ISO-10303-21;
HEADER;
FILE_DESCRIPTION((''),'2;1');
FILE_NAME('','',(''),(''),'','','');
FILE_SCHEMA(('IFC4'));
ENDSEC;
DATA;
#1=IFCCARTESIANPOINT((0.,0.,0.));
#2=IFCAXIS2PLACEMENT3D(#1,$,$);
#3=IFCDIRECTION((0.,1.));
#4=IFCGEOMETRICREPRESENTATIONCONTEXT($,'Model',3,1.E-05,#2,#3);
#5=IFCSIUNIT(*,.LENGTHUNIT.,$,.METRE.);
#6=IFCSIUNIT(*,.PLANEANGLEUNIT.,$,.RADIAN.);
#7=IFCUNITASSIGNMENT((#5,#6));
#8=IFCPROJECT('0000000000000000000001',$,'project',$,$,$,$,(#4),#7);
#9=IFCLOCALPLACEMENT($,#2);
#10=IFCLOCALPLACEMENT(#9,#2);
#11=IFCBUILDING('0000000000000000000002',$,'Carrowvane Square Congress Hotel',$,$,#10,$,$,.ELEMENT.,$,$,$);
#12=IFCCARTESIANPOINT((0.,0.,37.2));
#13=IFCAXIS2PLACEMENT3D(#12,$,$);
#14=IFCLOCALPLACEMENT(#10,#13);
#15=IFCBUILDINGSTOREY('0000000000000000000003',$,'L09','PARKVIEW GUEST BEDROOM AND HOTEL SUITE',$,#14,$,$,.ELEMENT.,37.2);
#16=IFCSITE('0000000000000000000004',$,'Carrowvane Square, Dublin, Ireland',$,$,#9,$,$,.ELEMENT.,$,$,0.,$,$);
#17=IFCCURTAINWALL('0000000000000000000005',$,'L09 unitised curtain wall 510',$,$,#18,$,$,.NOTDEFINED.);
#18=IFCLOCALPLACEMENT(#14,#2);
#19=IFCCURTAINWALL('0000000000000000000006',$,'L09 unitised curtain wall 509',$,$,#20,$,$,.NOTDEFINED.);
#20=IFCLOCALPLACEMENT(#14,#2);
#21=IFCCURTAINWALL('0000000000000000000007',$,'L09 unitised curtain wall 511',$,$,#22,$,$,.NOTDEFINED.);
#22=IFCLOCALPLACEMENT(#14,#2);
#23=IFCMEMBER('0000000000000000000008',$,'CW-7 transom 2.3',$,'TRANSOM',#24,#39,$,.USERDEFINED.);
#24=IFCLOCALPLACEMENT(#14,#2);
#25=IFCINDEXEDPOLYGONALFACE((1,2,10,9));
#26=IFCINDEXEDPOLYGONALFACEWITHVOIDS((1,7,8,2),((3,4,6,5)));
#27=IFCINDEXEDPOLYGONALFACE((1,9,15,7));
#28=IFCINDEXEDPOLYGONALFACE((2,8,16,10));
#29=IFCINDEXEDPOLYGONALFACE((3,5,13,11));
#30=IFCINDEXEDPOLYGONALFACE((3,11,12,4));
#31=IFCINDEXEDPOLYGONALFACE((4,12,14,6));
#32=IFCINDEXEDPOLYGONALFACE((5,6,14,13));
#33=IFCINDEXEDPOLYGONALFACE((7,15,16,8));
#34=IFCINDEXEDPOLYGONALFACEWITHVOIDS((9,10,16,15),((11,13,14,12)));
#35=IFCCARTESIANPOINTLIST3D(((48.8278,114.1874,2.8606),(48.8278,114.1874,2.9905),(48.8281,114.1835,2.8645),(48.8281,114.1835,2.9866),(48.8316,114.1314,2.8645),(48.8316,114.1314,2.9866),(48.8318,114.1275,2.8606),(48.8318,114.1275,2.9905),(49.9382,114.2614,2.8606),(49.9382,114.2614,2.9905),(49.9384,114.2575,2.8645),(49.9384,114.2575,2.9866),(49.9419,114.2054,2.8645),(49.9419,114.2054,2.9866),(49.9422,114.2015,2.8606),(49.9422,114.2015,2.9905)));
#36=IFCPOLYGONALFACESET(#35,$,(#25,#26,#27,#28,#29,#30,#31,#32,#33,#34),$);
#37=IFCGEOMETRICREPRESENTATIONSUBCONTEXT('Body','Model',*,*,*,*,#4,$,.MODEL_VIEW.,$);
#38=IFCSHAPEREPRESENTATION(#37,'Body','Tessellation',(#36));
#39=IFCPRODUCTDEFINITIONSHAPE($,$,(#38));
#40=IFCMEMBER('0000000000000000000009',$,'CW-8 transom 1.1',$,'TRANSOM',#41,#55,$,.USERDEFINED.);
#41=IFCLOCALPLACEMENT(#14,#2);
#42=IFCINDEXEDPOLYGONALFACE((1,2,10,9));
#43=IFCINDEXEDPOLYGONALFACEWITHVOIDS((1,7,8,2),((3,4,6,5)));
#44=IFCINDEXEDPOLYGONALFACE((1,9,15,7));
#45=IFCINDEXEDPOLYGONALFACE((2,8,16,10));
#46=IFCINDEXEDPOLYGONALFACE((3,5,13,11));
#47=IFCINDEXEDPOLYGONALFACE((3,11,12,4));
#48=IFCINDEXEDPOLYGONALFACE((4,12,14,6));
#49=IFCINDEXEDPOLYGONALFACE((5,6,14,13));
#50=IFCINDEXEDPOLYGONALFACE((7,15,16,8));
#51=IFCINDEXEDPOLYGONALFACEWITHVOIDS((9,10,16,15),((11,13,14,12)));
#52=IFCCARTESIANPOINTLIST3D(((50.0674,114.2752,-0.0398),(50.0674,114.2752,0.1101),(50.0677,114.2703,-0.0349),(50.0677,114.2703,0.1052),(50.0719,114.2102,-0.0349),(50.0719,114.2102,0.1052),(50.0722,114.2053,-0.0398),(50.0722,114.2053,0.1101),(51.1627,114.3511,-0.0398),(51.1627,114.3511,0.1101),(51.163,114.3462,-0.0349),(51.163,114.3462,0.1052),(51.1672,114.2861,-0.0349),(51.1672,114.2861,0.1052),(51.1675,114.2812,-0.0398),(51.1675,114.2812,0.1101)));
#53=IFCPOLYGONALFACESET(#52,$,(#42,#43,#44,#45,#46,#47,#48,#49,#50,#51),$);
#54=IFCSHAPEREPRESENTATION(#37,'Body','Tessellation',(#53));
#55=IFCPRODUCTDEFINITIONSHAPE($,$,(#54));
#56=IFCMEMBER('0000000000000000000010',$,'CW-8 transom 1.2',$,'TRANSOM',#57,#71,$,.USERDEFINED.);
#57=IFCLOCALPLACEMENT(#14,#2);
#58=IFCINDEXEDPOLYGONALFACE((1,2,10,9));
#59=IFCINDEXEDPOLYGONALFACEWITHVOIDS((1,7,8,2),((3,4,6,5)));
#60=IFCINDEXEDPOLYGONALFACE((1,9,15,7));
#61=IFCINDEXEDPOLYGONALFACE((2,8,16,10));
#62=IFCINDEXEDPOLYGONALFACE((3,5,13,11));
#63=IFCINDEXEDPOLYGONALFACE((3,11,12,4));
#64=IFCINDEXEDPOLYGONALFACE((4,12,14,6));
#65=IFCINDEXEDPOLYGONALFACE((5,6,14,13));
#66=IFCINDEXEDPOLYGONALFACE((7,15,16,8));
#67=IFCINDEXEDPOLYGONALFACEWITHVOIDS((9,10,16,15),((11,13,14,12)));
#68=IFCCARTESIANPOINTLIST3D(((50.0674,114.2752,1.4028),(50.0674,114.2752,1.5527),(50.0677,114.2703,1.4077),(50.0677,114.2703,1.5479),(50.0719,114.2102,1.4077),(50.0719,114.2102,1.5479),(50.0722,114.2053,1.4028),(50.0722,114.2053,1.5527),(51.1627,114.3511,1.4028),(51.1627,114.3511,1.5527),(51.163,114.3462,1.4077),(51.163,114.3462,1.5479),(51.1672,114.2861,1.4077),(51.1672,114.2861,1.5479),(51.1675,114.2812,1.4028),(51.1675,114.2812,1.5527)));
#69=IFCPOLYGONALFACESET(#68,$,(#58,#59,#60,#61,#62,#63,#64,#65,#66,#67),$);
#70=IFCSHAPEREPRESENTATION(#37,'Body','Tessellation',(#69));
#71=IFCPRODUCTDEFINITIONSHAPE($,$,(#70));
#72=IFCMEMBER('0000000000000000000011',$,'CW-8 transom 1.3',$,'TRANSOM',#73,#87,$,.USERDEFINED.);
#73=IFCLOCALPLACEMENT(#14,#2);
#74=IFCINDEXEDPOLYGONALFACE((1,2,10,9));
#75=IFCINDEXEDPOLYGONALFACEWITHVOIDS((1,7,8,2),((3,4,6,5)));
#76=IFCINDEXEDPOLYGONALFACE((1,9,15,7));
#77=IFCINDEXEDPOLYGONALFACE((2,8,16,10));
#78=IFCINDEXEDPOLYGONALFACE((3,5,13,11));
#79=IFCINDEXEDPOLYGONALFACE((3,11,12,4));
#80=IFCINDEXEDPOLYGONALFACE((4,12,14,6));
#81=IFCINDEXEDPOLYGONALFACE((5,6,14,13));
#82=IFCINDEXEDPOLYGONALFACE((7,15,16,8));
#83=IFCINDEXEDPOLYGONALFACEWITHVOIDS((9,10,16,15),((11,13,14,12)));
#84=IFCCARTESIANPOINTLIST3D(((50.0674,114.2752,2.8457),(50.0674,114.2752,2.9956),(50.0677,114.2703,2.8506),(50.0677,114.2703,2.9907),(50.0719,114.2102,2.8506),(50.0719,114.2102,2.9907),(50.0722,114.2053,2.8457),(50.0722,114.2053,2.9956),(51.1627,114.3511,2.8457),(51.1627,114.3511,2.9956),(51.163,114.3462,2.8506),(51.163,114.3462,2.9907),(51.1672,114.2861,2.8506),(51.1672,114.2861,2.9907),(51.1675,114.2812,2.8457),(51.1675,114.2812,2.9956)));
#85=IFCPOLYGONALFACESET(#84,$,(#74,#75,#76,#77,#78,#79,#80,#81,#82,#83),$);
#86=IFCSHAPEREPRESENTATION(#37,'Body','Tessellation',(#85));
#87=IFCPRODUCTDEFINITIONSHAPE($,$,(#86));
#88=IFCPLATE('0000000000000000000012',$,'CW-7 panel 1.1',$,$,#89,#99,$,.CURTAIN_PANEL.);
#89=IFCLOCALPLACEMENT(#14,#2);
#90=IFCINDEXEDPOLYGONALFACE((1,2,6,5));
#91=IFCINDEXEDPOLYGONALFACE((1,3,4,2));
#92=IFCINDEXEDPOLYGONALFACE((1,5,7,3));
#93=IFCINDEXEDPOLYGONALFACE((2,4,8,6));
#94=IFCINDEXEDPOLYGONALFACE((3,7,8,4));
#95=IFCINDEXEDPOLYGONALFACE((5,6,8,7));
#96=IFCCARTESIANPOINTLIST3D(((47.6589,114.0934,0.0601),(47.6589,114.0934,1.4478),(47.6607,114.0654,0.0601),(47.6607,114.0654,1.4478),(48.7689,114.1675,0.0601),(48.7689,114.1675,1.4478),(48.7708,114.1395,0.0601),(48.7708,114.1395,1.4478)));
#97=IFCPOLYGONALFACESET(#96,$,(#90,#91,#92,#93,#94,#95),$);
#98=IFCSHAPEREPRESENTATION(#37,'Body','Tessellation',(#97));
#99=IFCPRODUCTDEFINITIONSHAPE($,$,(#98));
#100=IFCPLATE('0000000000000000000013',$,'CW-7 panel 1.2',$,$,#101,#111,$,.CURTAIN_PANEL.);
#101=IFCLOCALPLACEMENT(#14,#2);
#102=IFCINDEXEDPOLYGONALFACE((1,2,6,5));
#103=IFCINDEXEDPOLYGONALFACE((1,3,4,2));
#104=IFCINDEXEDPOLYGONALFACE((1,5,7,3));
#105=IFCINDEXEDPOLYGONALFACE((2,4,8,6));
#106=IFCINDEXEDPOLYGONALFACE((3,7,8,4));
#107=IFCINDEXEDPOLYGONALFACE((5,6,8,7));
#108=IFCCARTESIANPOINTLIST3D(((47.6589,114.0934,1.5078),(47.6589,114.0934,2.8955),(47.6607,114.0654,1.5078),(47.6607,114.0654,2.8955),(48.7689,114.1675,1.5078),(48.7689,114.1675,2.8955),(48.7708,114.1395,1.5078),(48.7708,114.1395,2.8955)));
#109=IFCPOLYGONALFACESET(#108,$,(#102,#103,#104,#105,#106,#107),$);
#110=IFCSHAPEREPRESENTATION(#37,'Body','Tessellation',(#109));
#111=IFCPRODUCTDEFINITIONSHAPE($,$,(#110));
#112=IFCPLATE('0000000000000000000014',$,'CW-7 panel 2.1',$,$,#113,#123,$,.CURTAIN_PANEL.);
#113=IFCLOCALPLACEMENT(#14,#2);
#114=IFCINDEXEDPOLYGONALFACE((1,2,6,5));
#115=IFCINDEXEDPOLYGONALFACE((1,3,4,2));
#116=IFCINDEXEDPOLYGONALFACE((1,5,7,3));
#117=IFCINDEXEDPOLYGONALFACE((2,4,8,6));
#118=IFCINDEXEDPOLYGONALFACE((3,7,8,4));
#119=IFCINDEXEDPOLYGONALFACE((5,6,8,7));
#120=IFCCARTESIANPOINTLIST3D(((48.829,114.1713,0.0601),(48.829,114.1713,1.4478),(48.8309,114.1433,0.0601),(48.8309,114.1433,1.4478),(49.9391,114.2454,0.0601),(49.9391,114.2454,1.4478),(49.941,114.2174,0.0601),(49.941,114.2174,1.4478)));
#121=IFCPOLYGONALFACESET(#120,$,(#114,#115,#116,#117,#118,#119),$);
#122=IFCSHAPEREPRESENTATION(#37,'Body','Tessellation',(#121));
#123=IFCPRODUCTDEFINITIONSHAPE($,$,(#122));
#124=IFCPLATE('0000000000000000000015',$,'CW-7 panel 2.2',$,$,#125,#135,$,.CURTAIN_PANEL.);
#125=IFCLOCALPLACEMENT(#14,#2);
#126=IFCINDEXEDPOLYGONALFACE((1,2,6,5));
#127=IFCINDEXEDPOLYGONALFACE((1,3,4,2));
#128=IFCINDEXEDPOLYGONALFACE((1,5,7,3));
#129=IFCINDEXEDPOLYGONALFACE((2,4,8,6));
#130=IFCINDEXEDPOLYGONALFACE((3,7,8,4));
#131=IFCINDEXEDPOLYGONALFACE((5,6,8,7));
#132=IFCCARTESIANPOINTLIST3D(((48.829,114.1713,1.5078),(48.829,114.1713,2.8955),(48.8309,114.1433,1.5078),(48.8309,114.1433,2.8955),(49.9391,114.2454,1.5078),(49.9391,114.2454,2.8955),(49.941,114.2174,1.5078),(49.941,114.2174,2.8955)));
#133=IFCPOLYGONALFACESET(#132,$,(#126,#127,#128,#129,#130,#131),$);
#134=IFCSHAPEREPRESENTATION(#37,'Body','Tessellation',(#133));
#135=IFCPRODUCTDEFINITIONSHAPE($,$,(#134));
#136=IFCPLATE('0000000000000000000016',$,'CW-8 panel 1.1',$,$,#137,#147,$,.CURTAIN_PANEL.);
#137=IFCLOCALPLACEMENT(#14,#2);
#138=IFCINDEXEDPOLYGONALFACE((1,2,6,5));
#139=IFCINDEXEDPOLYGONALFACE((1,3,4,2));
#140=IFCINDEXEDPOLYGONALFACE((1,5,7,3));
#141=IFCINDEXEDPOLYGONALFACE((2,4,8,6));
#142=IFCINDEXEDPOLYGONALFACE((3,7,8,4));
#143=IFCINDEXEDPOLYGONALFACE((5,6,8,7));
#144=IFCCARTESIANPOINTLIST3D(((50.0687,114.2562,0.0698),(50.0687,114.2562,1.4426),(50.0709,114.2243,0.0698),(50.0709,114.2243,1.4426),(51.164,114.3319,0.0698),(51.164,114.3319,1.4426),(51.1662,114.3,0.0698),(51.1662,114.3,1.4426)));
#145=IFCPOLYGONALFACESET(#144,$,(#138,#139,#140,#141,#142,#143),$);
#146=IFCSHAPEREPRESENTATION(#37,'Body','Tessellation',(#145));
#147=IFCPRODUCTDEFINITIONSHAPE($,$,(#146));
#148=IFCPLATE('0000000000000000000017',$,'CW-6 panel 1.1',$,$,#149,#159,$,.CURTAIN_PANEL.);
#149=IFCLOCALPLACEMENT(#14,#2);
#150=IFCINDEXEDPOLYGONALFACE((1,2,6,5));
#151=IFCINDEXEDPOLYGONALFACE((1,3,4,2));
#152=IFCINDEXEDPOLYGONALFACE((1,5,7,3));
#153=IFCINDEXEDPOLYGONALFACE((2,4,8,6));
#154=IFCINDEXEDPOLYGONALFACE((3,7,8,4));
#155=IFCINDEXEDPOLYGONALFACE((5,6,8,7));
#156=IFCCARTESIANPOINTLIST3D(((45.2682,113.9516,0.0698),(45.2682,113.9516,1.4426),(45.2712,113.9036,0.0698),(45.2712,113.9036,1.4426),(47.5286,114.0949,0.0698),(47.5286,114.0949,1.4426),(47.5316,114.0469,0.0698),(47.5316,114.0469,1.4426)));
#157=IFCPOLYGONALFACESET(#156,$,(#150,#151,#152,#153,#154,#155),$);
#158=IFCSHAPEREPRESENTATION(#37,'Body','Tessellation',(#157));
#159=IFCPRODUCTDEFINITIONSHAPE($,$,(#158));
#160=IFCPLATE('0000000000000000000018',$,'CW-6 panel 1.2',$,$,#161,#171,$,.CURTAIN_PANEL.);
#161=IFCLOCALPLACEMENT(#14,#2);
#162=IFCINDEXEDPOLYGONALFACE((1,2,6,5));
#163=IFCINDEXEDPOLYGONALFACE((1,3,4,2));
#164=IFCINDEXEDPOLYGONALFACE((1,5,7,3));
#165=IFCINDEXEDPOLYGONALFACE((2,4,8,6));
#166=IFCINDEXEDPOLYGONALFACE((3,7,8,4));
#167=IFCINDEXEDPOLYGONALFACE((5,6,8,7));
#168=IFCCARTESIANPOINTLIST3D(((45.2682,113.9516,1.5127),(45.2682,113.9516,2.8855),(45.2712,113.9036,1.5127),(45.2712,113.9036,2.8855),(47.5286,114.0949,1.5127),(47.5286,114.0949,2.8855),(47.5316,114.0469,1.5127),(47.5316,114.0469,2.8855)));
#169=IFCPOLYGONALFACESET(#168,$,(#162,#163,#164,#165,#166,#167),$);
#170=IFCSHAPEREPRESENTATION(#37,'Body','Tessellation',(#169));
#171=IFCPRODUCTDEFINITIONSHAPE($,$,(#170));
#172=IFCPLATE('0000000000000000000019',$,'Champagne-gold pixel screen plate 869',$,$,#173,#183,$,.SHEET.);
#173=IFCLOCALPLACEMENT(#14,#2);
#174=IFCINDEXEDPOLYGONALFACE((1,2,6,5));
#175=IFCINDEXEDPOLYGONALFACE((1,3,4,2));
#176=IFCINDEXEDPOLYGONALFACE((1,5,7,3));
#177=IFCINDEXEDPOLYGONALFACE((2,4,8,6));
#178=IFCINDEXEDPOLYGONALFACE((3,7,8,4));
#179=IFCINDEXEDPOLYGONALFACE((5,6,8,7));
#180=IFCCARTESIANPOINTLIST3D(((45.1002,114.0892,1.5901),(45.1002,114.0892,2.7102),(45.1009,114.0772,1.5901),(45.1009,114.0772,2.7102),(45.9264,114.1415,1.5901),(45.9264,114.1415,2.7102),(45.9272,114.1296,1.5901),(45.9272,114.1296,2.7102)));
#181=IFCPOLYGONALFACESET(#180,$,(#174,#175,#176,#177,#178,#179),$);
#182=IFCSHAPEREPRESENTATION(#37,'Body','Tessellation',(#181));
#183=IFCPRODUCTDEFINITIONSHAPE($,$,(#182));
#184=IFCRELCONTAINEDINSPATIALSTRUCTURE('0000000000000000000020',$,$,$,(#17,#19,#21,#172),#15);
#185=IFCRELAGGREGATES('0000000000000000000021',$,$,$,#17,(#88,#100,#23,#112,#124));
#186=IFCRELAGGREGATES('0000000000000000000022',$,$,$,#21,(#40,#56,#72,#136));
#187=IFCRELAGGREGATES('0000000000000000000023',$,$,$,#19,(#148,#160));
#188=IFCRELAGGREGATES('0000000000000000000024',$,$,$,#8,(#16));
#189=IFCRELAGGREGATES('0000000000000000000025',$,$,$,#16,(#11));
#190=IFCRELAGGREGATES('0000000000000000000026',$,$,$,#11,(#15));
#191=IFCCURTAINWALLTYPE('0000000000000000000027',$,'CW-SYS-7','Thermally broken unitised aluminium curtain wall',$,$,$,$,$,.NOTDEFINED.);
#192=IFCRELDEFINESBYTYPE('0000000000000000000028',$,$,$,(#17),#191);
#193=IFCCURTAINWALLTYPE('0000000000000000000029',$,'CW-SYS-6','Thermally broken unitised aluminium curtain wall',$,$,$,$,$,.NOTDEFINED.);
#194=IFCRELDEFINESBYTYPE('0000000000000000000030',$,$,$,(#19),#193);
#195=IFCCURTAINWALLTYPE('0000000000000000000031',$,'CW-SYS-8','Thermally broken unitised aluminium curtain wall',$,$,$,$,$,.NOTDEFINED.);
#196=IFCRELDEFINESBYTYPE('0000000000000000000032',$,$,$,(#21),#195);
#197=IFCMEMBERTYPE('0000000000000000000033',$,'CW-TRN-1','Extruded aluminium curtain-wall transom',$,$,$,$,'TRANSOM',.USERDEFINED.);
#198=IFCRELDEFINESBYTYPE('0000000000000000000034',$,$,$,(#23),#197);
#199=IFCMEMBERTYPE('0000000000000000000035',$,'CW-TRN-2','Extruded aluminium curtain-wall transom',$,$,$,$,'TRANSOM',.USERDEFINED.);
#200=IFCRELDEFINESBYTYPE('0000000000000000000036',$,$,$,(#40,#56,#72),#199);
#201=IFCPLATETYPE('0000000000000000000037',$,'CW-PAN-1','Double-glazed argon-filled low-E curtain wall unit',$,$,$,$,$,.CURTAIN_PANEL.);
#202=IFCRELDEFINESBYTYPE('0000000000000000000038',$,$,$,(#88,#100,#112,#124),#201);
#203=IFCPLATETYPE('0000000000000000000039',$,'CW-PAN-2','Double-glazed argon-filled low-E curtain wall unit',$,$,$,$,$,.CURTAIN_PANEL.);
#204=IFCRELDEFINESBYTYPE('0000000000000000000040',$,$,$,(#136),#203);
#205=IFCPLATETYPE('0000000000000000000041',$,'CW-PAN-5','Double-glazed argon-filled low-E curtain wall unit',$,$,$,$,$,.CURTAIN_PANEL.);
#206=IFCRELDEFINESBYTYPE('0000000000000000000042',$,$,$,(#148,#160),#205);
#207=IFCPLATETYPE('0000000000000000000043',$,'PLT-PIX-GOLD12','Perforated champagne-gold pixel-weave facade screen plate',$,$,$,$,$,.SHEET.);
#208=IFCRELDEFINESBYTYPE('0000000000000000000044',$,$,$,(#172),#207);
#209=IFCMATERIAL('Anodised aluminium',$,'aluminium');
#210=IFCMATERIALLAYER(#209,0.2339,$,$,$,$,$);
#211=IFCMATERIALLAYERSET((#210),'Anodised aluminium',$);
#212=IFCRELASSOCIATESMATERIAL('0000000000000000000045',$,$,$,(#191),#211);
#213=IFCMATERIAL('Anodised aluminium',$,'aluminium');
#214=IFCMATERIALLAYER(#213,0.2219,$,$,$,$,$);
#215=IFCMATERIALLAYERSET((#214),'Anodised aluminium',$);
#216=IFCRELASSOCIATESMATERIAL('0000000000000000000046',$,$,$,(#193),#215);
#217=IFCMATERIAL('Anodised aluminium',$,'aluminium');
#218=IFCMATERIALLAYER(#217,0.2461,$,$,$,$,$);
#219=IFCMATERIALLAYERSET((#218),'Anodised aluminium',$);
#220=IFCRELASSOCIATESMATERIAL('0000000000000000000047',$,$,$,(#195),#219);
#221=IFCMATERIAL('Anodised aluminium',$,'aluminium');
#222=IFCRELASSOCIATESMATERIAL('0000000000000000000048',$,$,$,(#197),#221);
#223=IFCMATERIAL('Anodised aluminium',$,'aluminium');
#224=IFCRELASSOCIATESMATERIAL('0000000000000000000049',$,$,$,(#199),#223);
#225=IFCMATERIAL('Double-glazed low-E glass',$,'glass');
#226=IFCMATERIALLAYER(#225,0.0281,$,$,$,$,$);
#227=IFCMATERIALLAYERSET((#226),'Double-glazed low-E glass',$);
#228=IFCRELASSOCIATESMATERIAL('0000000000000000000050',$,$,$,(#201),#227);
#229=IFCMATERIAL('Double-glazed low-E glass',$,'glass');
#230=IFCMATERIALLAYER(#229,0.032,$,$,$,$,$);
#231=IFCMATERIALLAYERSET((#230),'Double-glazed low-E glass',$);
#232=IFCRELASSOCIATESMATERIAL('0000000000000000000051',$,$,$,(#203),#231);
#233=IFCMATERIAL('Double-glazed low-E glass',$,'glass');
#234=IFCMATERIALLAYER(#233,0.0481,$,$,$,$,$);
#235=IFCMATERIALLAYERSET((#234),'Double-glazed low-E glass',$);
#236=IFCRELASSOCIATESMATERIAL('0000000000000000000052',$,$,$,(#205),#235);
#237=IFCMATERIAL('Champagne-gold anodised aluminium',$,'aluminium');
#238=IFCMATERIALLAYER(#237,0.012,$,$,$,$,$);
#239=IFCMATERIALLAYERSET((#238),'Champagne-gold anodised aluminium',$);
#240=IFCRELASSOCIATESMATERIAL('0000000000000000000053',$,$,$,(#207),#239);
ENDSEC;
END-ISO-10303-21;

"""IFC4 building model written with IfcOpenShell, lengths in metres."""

from ifc_helpers import new_model, si_unit, direction, frame, origin, origin_2d, place, context, subcontext, project, spatial, rectangle, hollow_rectangle, extrude, material, layer, layer_set, material_profile, profile_set, type_object, element, aggregate, save


model = new_model("IFC4")

# Units and contexts
model_context = context("Model", 3, precision=1e-05, world=origin(), true_north=direction((0.0, 1.0)))
body_context = subcontext(model_context, "Body", "Model", "MODEL_VIEW")
ifc_project = project(units=[si_unit("LENGTHUNIT", "METRE"), si_unit("PLANEANGLEUNIT", "RADIAN")], contexts=[model_context])

# Site, building, storey
site_placement = place(None, origin())
site = spatial("IfcSite", under=ifc_project, at=site_placement, Name="Carrowvane Square, Dublin, Ireland", CompositionType="ELEMENT", RefElevation=0.0)
building_placement = place(site_placement, origin())
building = spatial("IfcBuilding", under=site, at=building_placement, Name="Carrowvane Square Congress Hotel", CompositionType="ELEMENT")
storey_placement = place(building_placement, frame((0.0, 0.0, 37.2)))
storey = spatial("IfcBuildingStorey", under=building, at=storey_placement, Name="L09", Description="PARKVIEW GUEST BEDROOM AND HOTEL SUITE", CompositionType="ELEMENT", Elevation=37.2)

# Curtain wall
ifc_material_1 = material(Name="Anodised aluminium", Category="aluminium")
ifc_layer_1 = layer(ifc_material_1, 0.2339)
ifc_layer_set_1 = layer_set([ifc_layer_1], Name="Anodised aluminium")
curtain_wall_type_1 = type_object("IfcCurtainWallType", Name="CW-SYS-7", Description="Thermally broken unitised aluminium curtain wall", PredefinedType="NOTDEFINED", material=ifc_layer_set_1)
curtain_wall_1_placement = place(storey_placement, origin())
curtain_wall_1 = element("IfcCurtainWall", 1, at=curtain_wall_1_placement, inside=storey, type_object=curtain_wall_type_1, Name="L09 unitised curtain wall 510", PredefinedType="NOTDEFINED")

# Curtain walls
ifc_material_2 = material(Name="Anodised aluminium", Category="aluminium")
ifc_layer_2 = layer(ifc_material_2, 0.2219)
ifc_layer_set_2 = layer_set([ifc_layer_2], Name="Anodised aluminium")
curtain_wall_type_2 = type_object("IfcCurtainWallType", Name="CW-SYS-6", Description="Thermally broken unitised aluminium curtain wall", PredefinedType="NOTDEFINED", material=ifc_layer_set_2)
curtain_wall_2_placement = place(storey_placement, origin())
curtain_wall_2 = element("IfcCurtainWall", 2, at=curtain_wall_2_placement, inside=storey, type_object=curtain_wall_type_2, Name="L09 unitised curtain wall 509", PredefinedType="NOTDEFINED")
ifc_material_3 = material(Name="Anodised aluminium", Category="aluminium")
ifc_layer_3 = layer(ifc_material_3, 0.2461)
ifc_layer_set_3 = layer_set([ifc_layer_3], Name="Anodised aluminium")
curtain_wall_type_3 = type_object("IfcCurtainWallType", Name="CW-SYS-8", Description="Thermally broken unitised aluminium curtain wall", PredefinedType="NOTDEFINED", material=ifc_layer_set_3)
curtain_wall_3_placement = place(storey_placement, origin())
curtain_wall_3 = element("IfcCurtainWall", 3, at=curtain_wall_3_placement, inside=storey, type_object=curtain_wall_type_3, Name="L09 unitised curtain wall 511", PredefinedType="NOTDEFINED")

# Members
ifc_material_4 = material(Name="Anodised aluminium", Category="aluminium")
ifc_material_profile_1 = material_profile(ifc_material_4, hollow_rectangle(XDim=0.0601, YDim=0.1299, WallThickness=0.0039, at=origin_2d()), Name="CW-TR 60x130x4")
ifc_profile_set_1 = profile_set([ifc_material_profile_1], Name="Anodised aluminium")
member_type_1 = type_object("IfcMemberType", Name="CW-TRN-1", Description="Extruded aluminium curtain-wall transom", ElementType="TRANSOM", PredefinedType="USERDEFINED", material=ifc_profile_set_1)
member_1_placement = place(storey_placement, frame((48.8298, 114.1575, 2.9255), z_axis=(0.997788, 0.066475, 0.0), x_axis=(-0.066475, 0.997788, 0.0)))
member_1 = element("IfcMember", 4, at=member_1_placement, type_object=member_type_1, Name="CW-7 transom 2.3", ObjectType="TRANSOM", PredefinedType="USERDEFINED", context=body_context, shape_type="SweptSolid", body=[
    extrude(hollow_rectangle(XDim=0.0601, YDim=0.1299, WallThickness=0.0039, at=origin_2d()), origin(), (0.0, 0.0, 1.0), 1.1128),
])
ifc_material_5 = material(Name="Anodised aluminium", Category="aluminium")
ifc_material_profile_2 = material_profile(ifc_material_5, hollow_rectangle(XDim=0.0701, YDim=0.1499, WallThickness=0.0049, at=origin_2d()), Name="CW-TR 70x150x5")
ifc_profile_set_2 = profile_set([ifc_material_profile_2], Name="Anodised aluminium")
member_type_2 = type_object("IfcMemberType", Name="CW-TRN-2", Description="Extruded aluminium curtain-wall transom", ElementType="TRANSOM", PredefinedType="USERDEFINED", material=ifc_profile_set_2)
member_2_placement = place(storey_placement, frame((50.0698, 114.2402, 0.0352), z_axis=(0.997606, 0.069161, 0.0), x_axis=(-0.069161, 0.997606, 0.0)))
member_2 = element("IfcMember", 5, at=member_2_placement, type_object=member_type_2, Name="CW-8 transom 1.1", ObjectType="TRANSOM", PredefinedType="USERDEFINED", context=body_context, shape_type="SweptSolid", body=[
    extrude(hollow_rectangle(XDim=0.0701, YDim=0.1499, WallThickness=0.0049, at=origin_2d()), origin(), (0.0, 0.0, 1.0), 1.0979),
])
member_3_placement = place(storey_placement, frame((50.0698, 114.2402, 1.4778), z_axis=(0.997606, 0.069161, 0.0), x_axis=(-0.069161, 0.997606, 0.0)))
member_3 = element("IfcMember", 6, at=member_3_placement, type_object=member_type_2, Name="CW-8 transom 1.2", ObjectType="TRANSOM", PredefinedType="USERDEFINED", context=body_context, shape_type="SweptSolid", body=[
    extrude(hollow_rectangle(XDim=0.0701, YDim=0.1499, WallThickness=0.0049, at=origin_2d()), origin(), (0.0, 0.0, 1.0), 1.0979),
])
member_4_placement = place(storey_placement, frame((50.0698, 114.2402, 2.9207), z_axis=(0.997606, 0.069161, 0.0), x_axis=(-0.069161, 0.997606, 0.0)))
member_4 = element("IfcMember", 7, at=member_4_placement, type_object=member_type_2, Name="CW-8 transom 1.3", ObjectType="TRANSOM", PredefinedType="USERDEFINED", context=body_context, shape_type="SweptSolid", body=[
    extrude(hollow_rectangle(XDim=0.0701, YDim=0.1499, WallThickness=0.0049, at=origin_2d()), origin(), (0.0, 0.0, 1.0), 1.0979),
])

# Plates
ifc_material_6 = material(Name="Double-glazed low-E glass", Category="glass")
ifc_layer_4 = layer(ifc_material_6, 0.0281)
ifc_layer_set_4 = layer_set([ifc_layer_4], Name="Double-glazed low-E glass")
plate_type_1 = type_object("IfcPlateType", Name="CW-PAN-1", Description="Double-glazed argon-filled low-E curtain wall unit", PredefinedType="CURTAIN_PANEL", material=ifc_layer_set_4)
plate_1_placement = place(storey_placement, frame((48.2148, 114.1165, 0.0601), z_axis=(0.0, 0.0, 1.0), x_axis=(0.997781, 0.066578, 0.0)))
plate_1 = element("IfcPlate", 8, at=plate_1_placement, type_object=plate_type_1, Name="CW-7 panel 1.1", PredefinedType="CURTAIN_PANEL", context=body_context, shape_type="SweptSolid", body=[
    extrude(rectangle(XDim=1.1125, YDim=0.0281, at=origin_2d()), origin(), (0.0, 0.0, 1.0), 1.3877),
])
plate_2_placement = place(storey_placement, frame((48.2148, 114.1165, 1.5078), z_axis=(0.0, 0.0, 1.0), x_axis=(0.997781, 0.066578, 0.0)))
plate_2 = element("IfcPlate", 9, at=plate_2_placement, type_object=plate_type_1, Name="CW-7 panel 1.2", PredefinedType="CURTAIN_PANEL", context=body_context, shape_type="SweptSolid", body=[
    extrude(rectangle(XDim=1.1125, YDim=0.0281, at=origin_2d()), origin(), (0.0, 0.0, 1.0), 1.3877),
])
plate_3_placement = place(storey_placement, frame((49.385, 114.1943, 0.0601), z_axis=(0.0, 0.0, 1.0), x_axis=(0.997781, 0.066578, 0.0)))
plate_3 = element("IfcPlate", 10, at=plate_3_placement, type_object=plate_type_1, Name="CW-7 panel 2.1", PredefinedType="CURTAIN_PANEL", context=body_context, shape_type="SweptSolid", body=[
    extrude(rectangle(XDim=1.1125, YDim=0.0281, at=origin_2d()), origin(), (0.0, 0.0, 1.0), 1.3877),
])
plate_4_placement = place(storey_placement, frame((49.385, 114.1943, 1.5078), z_axis=(0.0, 0.0, 1.0), x_axis=(0.997781, 0.066578, 0.0)))
plate_4 = element("IfcPlate", 11, at=plate_4_placement, type_object=plate_type_1, Name="CW-7 panel 2.2", PredefinedType="CURTAIN_PANEL", context=body_context, shape_type="SweptSolid", body=[
    extrude(rectangle(XDim=1.1125, YDim=0.0281, at=origin_2d()), origin(), (0.0, 0.0, 1.0), 1.3877),
])
aggregate(curtain_wall_1, [plate_1, plate_2, member_1, plate_3, plate_4])
ifc_material_7 = material(Name="Double-glazed low-E glass", Category="glass")
ifc_layer_5 = layer(ifc_material_7, 0.032)
ifc_layer_set_5 = layer_set([ifc_layer_5], Name="Double-glazed low-E glass")
plate_type_2 = type_object("IfcPlateType", Name="CW-PAN-2", Description="Double-glazed argon-filled low-E curtain wall unit", PredefinedType="CURTAIN_PANEL", material=ifc_layer_set_5)
plate_5_placement = place(storey_placement, frame((50.6174, 114.2781, 0.0698), z_axis=(0.0, 0.0, 1.0), x_axis=(0.997618, 0.068986, 0.0)))
plate_5 = element("IfcPlate", 12, at=plate_5_placement, type_object=plate_type_2, Name="CW-8 panel 1.1", PredefinedType="CURTAIN_PANEL", context=body_context, shape_type="SweptSolid", body=[
    extrude(rectangle(XDim=1.0979, YDim=0.032, at=origin_2d()), origin(), (0.0, 0.0, 1.0), 1.3728),
])
aggregate(curtain_wall_3, [member_2, member_3, member_4, plate_5])
ifc_material_8 = material(Name="Double-glazed low-E glass", Category="glass")
ifc_layer_6 = layer(ifc_material_8, 0.0481)
ifc_layer_set_6 = layer_set([ifc_layer_6], Name="Double-glazed low-E glass")
plate_type_3 = type_object("IfcPlateType", Name="CW-PAN-5", Description="Double-glazed argon-filled low-E curtain wall unit", PredefinedType="CURTAIN_PANEL", material=ifc_layer_set_6)
plate_6_placement = place(storey_placement, frame((46.3999, 113.9993, 0.0698), z_axis=(0.0, 0.0, 1.0), x_axis=(0.997996, 0.063273, 0.0)))
plate_6 = element("IfcPlate", 13, at=plate_6_placement, type_object=plate_type_3, Name="CW-6 panel 1.1", PredefinedType="CURTAIN_PANEL", context=body_context, shape_type="SweptSolid", body=[
    extrude(rectangle(XDim=2.2649, YDim=0.0481, at=origin_2d()), origin(), (0.0, 0.0, 1.0), 1.3728),
])
plate_7_placement = place(storey_placement, frame((46.3999, 113.9993, 1.5127), z_axis=(0.0, 0.0, 1.0), x_axis=(0.997996, 0.063273, 0.0)))
plate_7 = element("IfcPlate", 14, at=plate_7_placement, type_object=plate_type_3, Name="CW-6 panel 1.2", PredefinedType="CURTAIN_PANEL", context=body_context, shape_type="SweptSolid", body=[
    extrude(rectangle(XDim=2.2649, YDim=0.0481, at=origin_2d()), origin(), (0.0, 0.0, 1.0), 1.3728),
])
aggregate(curtain_wall_2, [plate_6, plate_7])

# Plate
ifc_material_9 = material(Name="Champagne-gold anodised aluminium", Category="aluminium")
ifc_layer_7 = layer(ifc_material_9, 0.012)
ifc_layer_set_7 = layer_set([ifc_layer_7], Name="Champagne-gold anodised aluminium")
plate_type_4 = type_object("IfcPlateType", Name="PLT-PIX-GOLD12", Description="Perforated champagne-gold pixel-weave facade screen plate", PredefinedType="SHEET", material=ifc_layer_set_7)
for number, where, z_axis, x_axis, name in (
    (15, (45.5137, 114.1094, 1.5901), (0.0, 0.0, 1.0), (0.997996, 0.063277, 0.0), "Champagne-gold pixel screen plate 869"),
):
    element("IfcPlate", number, at=place(storey_placement, frame(where, z_axis=z_axis, x_axis=x_axis)), inside=storey, type_object=plate_type_4, Name=name, PredefinedType="SHEET", context=body_context, shape_type="SweptSolid", body=[
        extrude(rectangle(XDim=0.8279, YDim=0.012, at=origin_2d()), origin(), (0.0, 0.0, 1.0), 1.1201),
    ])

save(model, "model.ifc")
